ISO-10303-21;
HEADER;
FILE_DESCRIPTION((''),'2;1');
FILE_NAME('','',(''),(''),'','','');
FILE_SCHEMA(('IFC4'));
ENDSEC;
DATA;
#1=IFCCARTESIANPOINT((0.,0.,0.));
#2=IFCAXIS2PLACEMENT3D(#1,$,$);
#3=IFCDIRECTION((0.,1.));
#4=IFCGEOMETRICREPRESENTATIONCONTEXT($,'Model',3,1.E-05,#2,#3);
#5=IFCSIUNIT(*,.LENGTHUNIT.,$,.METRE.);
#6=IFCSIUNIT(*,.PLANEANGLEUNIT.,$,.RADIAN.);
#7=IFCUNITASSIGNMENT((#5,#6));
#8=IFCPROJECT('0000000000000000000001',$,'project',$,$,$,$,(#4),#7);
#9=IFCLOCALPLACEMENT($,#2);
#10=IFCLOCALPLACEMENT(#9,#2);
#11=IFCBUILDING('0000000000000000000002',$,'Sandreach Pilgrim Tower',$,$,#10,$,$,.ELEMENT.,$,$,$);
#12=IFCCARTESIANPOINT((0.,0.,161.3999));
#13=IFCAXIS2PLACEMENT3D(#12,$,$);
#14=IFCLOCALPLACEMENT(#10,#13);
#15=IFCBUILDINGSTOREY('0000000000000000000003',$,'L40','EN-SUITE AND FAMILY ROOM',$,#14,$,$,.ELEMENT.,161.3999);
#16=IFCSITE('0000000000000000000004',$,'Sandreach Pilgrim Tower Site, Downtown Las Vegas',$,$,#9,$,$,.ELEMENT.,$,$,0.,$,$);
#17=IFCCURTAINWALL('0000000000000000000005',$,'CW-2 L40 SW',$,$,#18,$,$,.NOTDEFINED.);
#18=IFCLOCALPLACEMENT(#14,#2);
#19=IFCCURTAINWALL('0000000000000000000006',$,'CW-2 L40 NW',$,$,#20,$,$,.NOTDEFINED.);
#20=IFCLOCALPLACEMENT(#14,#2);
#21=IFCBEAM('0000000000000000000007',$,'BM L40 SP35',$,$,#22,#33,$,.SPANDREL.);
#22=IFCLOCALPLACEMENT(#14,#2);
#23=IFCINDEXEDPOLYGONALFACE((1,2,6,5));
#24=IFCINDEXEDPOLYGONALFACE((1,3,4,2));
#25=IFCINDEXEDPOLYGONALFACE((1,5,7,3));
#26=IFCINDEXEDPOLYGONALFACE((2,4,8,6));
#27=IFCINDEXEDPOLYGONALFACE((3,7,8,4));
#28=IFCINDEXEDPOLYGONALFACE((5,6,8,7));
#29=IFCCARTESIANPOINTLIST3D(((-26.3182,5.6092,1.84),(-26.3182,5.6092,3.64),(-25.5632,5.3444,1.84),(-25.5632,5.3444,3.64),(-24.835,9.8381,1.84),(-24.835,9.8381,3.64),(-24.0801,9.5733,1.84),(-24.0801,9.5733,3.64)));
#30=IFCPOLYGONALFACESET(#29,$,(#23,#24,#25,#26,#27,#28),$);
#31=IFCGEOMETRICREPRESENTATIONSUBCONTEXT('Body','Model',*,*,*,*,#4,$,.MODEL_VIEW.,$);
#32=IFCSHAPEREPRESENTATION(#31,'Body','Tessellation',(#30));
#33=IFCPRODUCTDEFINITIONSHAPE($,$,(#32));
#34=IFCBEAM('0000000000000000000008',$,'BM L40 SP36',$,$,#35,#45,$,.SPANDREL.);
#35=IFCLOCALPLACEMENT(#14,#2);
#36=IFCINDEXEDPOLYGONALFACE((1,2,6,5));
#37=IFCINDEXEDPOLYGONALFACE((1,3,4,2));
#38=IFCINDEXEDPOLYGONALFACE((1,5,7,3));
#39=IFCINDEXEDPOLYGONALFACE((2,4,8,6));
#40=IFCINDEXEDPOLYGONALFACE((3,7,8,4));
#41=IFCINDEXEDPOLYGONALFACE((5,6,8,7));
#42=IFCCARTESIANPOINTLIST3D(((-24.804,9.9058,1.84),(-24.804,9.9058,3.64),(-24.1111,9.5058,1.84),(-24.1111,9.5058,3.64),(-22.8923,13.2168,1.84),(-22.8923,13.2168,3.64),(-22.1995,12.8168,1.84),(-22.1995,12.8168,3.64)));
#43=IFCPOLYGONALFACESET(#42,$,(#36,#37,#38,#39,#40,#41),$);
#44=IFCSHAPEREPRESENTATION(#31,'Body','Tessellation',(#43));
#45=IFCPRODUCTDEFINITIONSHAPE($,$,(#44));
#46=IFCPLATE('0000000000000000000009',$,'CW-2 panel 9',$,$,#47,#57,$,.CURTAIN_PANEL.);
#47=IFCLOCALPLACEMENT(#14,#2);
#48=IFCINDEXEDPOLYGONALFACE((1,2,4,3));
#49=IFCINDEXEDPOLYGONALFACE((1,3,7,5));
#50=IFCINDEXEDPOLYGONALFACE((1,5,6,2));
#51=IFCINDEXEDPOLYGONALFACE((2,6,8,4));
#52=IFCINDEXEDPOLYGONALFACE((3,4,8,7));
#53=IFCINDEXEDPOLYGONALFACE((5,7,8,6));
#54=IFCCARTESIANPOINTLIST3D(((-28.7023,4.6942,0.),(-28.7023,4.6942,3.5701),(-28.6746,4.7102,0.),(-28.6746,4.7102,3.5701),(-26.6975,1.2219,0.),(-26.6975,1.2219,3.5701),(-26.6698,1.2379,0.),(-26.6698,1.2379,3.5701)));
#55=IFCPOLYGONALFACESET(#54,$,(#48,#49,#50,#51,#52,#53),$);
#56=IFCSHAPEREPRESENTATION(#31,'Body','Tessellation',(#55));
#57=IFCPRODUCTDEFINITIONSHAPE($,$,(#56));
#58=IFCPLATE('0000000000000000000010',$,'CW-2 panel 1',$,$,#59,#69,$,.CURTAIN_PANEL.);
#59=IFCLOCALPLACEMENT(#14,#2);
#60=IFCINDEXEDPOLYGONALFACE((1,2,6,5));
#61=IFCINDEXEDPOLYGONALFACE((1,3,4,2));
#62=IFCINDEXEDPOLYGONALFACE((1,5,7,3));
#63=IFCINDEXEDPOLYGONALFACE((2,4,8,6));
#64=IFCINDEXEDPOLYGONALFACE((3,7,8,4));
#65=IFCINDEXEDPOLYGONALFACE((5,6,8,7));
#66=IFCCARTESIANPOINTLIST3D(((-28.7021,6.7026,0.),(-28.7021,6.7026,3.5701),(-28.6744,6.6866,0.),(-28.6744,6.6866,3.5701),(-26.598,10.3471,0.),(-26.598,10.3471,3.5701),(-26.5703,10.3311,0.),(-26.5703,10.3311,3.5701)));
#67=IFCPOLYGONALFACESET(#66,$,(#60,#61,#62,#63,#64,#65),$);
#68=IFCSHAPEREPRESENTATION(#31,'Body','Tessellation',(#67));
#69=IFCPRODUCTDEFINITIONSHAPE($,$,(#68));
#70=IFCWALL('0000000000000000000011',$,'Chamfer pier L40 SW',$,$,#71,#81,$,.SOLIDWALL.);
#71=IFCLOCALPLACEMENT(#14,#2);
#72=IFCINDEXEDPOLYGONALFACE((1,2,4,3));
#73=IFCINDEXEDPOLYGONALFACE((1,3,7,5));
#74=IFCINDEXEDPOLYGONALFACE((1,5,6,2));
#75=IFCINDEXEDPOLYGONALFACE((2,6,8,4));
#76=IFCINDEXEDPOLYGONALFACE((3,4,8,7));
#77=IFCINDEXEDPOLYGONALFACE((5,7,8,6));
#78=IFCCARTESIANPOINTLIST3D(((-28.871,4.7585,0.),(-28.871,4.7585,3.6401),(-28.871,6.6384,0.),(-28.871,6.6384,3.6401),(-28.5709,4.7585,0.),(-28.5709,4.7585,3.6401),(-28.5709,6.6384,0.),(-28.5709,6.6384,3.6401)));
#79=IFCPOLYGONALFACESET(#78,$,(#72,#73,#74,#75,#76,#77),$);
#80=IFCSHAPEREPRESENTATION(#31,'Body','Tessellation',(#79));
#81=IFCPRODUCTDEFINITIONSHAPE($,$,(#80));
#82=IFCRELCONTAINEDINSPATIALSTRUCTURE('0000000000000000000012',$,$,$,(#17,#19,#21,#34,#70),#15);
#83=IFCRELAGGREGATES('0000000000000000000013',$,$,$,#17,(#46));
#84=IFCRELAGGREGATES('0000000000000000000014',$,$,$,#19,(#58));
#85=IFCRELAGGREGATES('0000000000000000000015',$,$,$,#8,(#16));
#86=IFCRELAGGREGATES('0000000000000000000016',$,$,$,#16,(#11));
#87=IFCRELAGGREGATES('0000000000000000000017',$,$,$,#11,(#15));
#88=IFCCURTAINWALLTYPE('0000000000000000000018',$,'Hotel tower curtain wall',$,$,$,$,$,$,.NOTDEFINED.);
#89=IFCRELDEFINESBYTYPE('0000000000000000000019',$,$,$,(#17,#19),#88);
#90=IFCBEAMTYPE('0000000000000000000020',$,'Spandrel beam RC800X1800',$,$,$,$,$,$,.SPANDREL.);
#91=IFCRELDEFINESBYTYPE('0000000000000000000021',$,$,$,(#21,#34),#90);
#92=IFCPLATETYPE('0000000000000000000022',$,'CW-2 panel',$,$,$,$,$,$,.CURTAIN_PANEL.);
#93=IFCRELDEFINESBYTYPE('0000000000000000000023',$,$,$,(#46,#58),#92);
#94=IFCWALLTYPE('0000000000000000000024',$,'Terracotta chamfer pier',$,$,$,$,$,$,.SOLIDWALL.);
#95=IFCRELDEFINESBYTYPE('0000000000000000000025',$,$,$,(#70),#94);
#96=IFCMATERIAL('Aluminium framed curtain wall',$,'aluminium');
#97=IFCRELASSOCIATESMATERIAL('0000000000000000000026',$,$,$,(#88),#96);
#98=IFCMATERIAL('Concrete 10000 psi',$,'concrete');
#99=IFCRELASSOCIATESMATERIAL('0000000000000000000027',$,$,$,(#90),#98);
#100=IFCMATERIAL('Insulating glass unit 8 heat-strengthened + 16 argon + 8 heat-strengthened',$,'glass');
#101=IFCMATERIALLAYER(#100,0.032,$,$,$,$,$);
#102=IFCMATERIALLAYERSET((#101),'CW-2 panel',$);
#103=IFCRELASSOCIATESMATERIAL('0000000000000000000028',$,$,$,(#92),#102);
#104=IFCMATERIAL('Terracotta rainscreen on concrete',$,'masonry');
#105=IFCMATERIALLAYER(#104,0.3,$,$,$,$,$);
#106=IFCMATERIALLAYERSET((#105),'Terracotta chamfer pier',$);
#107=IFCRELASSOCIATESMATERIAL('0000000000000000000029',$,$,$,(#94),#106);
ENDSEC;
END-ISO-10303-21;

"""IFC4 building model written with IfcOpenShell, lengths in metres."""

from ifc_helpers import new_model, si_unit, direction, frame, frame_2d, origin, origin_2d, place, context, subcontext, project, spatial, rectangle, extrude, material, layer, layer_set, material_profile, profile_set, type_object, element, aggregate, save


model = new_model("IFC4")

# Units and contexts
model_context = context("Model", 3, precision=1e-05, world=origin(), true_north=direction((0.0, 1.0)))
body_context = subcontext(model_context, "Body", "Model", "MODEL_VIEW")
ifc_project = project(units=[si_unit("LENGTHUNIT", "METRE"), si_unit("PLANEANGLEUNIT", "RADIAN")], contexts=[model_context])

# Site, building, storey
site_placement = place(None, origin())
site = spatial("IfcSite", under=ifc_project, at=site_placement, Name="Sandreach Pilgrim Tower Site, Downtown Las Vegas", CompositionType="ELEMENT", RefElevation=0.0)
building_placement = place(site_placement, origin())
building = spatial("IfcBuilding", under=site, at=building_placement, Name="Sandreach Pilgrim Tower", CompositionType="ELEMENT")
storey_placement = place(building_placement, frame((0.0, 0.0, 161.3999)))
storey = spatial("IfcBuildingStorey", under=building, at=storey_placement, Name="L40", Description="EN-SUITE AND FAMILY ROOM", CompositionType="ELEMENT", Elevation=161.3999)

# Curtain wall
ifc_material_1 = material(Name="Aluminium framed curtain wall", Category="aluminium")
curtain_wall_type = type_object("IfcCurtainWallType", Name="Hotel tower curtain wall", PredefinedType="NOTDEFINED", material=ifc_material_1)
curtain_wall_1_placement = place(storey_placement, origin())
curtain_wall_1 = element("IfcCurtainWall", 1, at=curtain_wall_1_placement, inside=storey, type_object=curtain_wall_type, Name="CW-2 L40 SW", PredefinedType="NOTDEFINED")

# Curtain wall
curtain_wall_2_placement = place(storey_placement, origin())
curtain_wall_2 = element("IfcCurtainWall", 2, at=curtain_wall_2_placement, inside=storey, type_object=curtain_wall_type, Name="CW-2 L40 NW", PredefinedType="NOTDEFINED")

# Beams
ifc_material_2 = material(Name="Concrete 10000 psi", Category="concrete")
ifc_material_profile_1 = material_profile(ifc_material_2, rectangle(XDim=0.8, YDim=1.8, at=origin_2d()), Name="RC800X1800")
ifc_profile_set_1 = profile_set([ifc_material_profile_1], Name="Concrete 10000 psi")
beam_type_1 = type_object("IfcBeamType", Name="Spandrel beam RC800X1800", PredefinedType="SPANDREL", material=ifc_profile_set_1)
beam_1_placement = place(storey_placement, frame((-25.9407, 5.4768, 2.74), z_axis=(0.330947, 0.943649, 0.0), x_axis=(-0.943649, 0.330947, 0.0)))
element("IfcBeam", 3, at=beam_1_placement, inside=storey, type_object=beam_type_1, Name="BM L40 SP35", PredefinedType="SPANDREL", context=body_context, shape_type="SweptSolid", body=[
    extrude(rectangle(XDim=0.8, YDim=1.8, at=origin_2d()), origin(), (0.0, 0.0, 1.0), 4.4814),
])
beam_2_placement = place(storey_placement, frame((-24.4575, 9.7058, 2.74), z_axis=(0.499999, 0.866026, 0.0), x_axis=(-0.866026, 0.499999, 0.0)))
element("IfcBeam", 4, at=beam_2_placement, inside=storey, type_object=beam_type_1, Name="BM L40 SP36", PredefinedType="SPANDREL", context=body_context, shape_type="SweptSolid", body=[
    extrude(rectangle(XDim=0.8, YDim=1.8, at=origin_2d()), origin(), (0.0, 0.0, 1.0), 3.8232),
])

# Plates
ifc_material_3 = material(Name="Insulating glass unit 8 heat-strengthened + 16 argon + 8 heat-strengthened", Category="glass")
ifc_layer_1 = layer(ifc_material_3, 0.032)
ifc_layer_set_1 = layer_set([ifc_layer_1], Name="CW-2 panel")
plate_type = type_object("IfcPlateType", Name="CW-2 panel", PredefinedType="CURTAIN_PANEL", material=ifc_layer_set_1)
plate_1_placement = place(storey_placement, frame((-27.686, 2.9661, 0.0), z_axis=(0.0, 0.0, 1.0), x_axis=(-0.5, 0.866025, 0.0)))
plate_1 = element("IfcPlate", 5, at=plate_1_placement, type_object=plate_type, Name="CW-2 panel 9", PredefinedType="CURTAIN_PANEL", context=body_context, shape_type="SweptSolid", body=[
    extrude(rectangle(XDim=4.0095, YDim=0.032, at=origin_2d()), origin(), (0.0, 0.0, 1.0), 3.5701),
])
aggregate(curtain_wall_1, [plate_1])
plate_2_placement = place(storey_placement, frame((-27.6362, 8.5168, 0.0), z_axis=(0.0, 0.0, 1.0), x_axis=(0.5, 0.866025, 0.0)))
plate_2 = element("IfcPlate", 6, at=plate_2_placement, type_object=plate_type, Name="CW-2 panel 1", PredefinedType="CURTAIN_PANEL", context=body_context, shape_type="SweptSolid", body=[
    extrude(rectangle(XDim=4.2083, YDim=0.032, at=origin_2d()), origin(), (0.0, 0.0, 1.0), 3.5701),
])
aggregate(curtain_wall_2, [plate_2])

# Wall
ifc_material_4 = material(Name="Terracotta rainscreen on concrete", Category="masonry")
ifc_layer_2 = layer(ifc_material_4, 0.3)
ifc_layer_set_2 = layer_set([ifc_layer_2], Name="Terracotta chamfer pier")
wall_type = type_object("IfcWallType", Name="Terracotta chamfer pier", PredefinedType="SOLIDWALL", material=ifc_layer_set_2)
wall_placement = place(storey_placement, frame((-28.7209, 4.7585, 0.0), z_axis=(0.0, 0.0, 1.0), x_axis=(0.0, 1.0, 0.0)))
element("IfcWall", 7, at=wall_placement, inside=storey, type_object=wall_type, Name="Chamfer pier L40 SW", PredefinedType="SOLIDWALL", context=body_context, shape_type="SweptSolid", body=[
    extrude(rectangle(XDim=1.8799, YDim=0.3, at=frame_2d((0.9399, 0.0))), origin(), (0.0, 0.0, 1.0), 3.6401),
])

save(model, "model.ifc")
